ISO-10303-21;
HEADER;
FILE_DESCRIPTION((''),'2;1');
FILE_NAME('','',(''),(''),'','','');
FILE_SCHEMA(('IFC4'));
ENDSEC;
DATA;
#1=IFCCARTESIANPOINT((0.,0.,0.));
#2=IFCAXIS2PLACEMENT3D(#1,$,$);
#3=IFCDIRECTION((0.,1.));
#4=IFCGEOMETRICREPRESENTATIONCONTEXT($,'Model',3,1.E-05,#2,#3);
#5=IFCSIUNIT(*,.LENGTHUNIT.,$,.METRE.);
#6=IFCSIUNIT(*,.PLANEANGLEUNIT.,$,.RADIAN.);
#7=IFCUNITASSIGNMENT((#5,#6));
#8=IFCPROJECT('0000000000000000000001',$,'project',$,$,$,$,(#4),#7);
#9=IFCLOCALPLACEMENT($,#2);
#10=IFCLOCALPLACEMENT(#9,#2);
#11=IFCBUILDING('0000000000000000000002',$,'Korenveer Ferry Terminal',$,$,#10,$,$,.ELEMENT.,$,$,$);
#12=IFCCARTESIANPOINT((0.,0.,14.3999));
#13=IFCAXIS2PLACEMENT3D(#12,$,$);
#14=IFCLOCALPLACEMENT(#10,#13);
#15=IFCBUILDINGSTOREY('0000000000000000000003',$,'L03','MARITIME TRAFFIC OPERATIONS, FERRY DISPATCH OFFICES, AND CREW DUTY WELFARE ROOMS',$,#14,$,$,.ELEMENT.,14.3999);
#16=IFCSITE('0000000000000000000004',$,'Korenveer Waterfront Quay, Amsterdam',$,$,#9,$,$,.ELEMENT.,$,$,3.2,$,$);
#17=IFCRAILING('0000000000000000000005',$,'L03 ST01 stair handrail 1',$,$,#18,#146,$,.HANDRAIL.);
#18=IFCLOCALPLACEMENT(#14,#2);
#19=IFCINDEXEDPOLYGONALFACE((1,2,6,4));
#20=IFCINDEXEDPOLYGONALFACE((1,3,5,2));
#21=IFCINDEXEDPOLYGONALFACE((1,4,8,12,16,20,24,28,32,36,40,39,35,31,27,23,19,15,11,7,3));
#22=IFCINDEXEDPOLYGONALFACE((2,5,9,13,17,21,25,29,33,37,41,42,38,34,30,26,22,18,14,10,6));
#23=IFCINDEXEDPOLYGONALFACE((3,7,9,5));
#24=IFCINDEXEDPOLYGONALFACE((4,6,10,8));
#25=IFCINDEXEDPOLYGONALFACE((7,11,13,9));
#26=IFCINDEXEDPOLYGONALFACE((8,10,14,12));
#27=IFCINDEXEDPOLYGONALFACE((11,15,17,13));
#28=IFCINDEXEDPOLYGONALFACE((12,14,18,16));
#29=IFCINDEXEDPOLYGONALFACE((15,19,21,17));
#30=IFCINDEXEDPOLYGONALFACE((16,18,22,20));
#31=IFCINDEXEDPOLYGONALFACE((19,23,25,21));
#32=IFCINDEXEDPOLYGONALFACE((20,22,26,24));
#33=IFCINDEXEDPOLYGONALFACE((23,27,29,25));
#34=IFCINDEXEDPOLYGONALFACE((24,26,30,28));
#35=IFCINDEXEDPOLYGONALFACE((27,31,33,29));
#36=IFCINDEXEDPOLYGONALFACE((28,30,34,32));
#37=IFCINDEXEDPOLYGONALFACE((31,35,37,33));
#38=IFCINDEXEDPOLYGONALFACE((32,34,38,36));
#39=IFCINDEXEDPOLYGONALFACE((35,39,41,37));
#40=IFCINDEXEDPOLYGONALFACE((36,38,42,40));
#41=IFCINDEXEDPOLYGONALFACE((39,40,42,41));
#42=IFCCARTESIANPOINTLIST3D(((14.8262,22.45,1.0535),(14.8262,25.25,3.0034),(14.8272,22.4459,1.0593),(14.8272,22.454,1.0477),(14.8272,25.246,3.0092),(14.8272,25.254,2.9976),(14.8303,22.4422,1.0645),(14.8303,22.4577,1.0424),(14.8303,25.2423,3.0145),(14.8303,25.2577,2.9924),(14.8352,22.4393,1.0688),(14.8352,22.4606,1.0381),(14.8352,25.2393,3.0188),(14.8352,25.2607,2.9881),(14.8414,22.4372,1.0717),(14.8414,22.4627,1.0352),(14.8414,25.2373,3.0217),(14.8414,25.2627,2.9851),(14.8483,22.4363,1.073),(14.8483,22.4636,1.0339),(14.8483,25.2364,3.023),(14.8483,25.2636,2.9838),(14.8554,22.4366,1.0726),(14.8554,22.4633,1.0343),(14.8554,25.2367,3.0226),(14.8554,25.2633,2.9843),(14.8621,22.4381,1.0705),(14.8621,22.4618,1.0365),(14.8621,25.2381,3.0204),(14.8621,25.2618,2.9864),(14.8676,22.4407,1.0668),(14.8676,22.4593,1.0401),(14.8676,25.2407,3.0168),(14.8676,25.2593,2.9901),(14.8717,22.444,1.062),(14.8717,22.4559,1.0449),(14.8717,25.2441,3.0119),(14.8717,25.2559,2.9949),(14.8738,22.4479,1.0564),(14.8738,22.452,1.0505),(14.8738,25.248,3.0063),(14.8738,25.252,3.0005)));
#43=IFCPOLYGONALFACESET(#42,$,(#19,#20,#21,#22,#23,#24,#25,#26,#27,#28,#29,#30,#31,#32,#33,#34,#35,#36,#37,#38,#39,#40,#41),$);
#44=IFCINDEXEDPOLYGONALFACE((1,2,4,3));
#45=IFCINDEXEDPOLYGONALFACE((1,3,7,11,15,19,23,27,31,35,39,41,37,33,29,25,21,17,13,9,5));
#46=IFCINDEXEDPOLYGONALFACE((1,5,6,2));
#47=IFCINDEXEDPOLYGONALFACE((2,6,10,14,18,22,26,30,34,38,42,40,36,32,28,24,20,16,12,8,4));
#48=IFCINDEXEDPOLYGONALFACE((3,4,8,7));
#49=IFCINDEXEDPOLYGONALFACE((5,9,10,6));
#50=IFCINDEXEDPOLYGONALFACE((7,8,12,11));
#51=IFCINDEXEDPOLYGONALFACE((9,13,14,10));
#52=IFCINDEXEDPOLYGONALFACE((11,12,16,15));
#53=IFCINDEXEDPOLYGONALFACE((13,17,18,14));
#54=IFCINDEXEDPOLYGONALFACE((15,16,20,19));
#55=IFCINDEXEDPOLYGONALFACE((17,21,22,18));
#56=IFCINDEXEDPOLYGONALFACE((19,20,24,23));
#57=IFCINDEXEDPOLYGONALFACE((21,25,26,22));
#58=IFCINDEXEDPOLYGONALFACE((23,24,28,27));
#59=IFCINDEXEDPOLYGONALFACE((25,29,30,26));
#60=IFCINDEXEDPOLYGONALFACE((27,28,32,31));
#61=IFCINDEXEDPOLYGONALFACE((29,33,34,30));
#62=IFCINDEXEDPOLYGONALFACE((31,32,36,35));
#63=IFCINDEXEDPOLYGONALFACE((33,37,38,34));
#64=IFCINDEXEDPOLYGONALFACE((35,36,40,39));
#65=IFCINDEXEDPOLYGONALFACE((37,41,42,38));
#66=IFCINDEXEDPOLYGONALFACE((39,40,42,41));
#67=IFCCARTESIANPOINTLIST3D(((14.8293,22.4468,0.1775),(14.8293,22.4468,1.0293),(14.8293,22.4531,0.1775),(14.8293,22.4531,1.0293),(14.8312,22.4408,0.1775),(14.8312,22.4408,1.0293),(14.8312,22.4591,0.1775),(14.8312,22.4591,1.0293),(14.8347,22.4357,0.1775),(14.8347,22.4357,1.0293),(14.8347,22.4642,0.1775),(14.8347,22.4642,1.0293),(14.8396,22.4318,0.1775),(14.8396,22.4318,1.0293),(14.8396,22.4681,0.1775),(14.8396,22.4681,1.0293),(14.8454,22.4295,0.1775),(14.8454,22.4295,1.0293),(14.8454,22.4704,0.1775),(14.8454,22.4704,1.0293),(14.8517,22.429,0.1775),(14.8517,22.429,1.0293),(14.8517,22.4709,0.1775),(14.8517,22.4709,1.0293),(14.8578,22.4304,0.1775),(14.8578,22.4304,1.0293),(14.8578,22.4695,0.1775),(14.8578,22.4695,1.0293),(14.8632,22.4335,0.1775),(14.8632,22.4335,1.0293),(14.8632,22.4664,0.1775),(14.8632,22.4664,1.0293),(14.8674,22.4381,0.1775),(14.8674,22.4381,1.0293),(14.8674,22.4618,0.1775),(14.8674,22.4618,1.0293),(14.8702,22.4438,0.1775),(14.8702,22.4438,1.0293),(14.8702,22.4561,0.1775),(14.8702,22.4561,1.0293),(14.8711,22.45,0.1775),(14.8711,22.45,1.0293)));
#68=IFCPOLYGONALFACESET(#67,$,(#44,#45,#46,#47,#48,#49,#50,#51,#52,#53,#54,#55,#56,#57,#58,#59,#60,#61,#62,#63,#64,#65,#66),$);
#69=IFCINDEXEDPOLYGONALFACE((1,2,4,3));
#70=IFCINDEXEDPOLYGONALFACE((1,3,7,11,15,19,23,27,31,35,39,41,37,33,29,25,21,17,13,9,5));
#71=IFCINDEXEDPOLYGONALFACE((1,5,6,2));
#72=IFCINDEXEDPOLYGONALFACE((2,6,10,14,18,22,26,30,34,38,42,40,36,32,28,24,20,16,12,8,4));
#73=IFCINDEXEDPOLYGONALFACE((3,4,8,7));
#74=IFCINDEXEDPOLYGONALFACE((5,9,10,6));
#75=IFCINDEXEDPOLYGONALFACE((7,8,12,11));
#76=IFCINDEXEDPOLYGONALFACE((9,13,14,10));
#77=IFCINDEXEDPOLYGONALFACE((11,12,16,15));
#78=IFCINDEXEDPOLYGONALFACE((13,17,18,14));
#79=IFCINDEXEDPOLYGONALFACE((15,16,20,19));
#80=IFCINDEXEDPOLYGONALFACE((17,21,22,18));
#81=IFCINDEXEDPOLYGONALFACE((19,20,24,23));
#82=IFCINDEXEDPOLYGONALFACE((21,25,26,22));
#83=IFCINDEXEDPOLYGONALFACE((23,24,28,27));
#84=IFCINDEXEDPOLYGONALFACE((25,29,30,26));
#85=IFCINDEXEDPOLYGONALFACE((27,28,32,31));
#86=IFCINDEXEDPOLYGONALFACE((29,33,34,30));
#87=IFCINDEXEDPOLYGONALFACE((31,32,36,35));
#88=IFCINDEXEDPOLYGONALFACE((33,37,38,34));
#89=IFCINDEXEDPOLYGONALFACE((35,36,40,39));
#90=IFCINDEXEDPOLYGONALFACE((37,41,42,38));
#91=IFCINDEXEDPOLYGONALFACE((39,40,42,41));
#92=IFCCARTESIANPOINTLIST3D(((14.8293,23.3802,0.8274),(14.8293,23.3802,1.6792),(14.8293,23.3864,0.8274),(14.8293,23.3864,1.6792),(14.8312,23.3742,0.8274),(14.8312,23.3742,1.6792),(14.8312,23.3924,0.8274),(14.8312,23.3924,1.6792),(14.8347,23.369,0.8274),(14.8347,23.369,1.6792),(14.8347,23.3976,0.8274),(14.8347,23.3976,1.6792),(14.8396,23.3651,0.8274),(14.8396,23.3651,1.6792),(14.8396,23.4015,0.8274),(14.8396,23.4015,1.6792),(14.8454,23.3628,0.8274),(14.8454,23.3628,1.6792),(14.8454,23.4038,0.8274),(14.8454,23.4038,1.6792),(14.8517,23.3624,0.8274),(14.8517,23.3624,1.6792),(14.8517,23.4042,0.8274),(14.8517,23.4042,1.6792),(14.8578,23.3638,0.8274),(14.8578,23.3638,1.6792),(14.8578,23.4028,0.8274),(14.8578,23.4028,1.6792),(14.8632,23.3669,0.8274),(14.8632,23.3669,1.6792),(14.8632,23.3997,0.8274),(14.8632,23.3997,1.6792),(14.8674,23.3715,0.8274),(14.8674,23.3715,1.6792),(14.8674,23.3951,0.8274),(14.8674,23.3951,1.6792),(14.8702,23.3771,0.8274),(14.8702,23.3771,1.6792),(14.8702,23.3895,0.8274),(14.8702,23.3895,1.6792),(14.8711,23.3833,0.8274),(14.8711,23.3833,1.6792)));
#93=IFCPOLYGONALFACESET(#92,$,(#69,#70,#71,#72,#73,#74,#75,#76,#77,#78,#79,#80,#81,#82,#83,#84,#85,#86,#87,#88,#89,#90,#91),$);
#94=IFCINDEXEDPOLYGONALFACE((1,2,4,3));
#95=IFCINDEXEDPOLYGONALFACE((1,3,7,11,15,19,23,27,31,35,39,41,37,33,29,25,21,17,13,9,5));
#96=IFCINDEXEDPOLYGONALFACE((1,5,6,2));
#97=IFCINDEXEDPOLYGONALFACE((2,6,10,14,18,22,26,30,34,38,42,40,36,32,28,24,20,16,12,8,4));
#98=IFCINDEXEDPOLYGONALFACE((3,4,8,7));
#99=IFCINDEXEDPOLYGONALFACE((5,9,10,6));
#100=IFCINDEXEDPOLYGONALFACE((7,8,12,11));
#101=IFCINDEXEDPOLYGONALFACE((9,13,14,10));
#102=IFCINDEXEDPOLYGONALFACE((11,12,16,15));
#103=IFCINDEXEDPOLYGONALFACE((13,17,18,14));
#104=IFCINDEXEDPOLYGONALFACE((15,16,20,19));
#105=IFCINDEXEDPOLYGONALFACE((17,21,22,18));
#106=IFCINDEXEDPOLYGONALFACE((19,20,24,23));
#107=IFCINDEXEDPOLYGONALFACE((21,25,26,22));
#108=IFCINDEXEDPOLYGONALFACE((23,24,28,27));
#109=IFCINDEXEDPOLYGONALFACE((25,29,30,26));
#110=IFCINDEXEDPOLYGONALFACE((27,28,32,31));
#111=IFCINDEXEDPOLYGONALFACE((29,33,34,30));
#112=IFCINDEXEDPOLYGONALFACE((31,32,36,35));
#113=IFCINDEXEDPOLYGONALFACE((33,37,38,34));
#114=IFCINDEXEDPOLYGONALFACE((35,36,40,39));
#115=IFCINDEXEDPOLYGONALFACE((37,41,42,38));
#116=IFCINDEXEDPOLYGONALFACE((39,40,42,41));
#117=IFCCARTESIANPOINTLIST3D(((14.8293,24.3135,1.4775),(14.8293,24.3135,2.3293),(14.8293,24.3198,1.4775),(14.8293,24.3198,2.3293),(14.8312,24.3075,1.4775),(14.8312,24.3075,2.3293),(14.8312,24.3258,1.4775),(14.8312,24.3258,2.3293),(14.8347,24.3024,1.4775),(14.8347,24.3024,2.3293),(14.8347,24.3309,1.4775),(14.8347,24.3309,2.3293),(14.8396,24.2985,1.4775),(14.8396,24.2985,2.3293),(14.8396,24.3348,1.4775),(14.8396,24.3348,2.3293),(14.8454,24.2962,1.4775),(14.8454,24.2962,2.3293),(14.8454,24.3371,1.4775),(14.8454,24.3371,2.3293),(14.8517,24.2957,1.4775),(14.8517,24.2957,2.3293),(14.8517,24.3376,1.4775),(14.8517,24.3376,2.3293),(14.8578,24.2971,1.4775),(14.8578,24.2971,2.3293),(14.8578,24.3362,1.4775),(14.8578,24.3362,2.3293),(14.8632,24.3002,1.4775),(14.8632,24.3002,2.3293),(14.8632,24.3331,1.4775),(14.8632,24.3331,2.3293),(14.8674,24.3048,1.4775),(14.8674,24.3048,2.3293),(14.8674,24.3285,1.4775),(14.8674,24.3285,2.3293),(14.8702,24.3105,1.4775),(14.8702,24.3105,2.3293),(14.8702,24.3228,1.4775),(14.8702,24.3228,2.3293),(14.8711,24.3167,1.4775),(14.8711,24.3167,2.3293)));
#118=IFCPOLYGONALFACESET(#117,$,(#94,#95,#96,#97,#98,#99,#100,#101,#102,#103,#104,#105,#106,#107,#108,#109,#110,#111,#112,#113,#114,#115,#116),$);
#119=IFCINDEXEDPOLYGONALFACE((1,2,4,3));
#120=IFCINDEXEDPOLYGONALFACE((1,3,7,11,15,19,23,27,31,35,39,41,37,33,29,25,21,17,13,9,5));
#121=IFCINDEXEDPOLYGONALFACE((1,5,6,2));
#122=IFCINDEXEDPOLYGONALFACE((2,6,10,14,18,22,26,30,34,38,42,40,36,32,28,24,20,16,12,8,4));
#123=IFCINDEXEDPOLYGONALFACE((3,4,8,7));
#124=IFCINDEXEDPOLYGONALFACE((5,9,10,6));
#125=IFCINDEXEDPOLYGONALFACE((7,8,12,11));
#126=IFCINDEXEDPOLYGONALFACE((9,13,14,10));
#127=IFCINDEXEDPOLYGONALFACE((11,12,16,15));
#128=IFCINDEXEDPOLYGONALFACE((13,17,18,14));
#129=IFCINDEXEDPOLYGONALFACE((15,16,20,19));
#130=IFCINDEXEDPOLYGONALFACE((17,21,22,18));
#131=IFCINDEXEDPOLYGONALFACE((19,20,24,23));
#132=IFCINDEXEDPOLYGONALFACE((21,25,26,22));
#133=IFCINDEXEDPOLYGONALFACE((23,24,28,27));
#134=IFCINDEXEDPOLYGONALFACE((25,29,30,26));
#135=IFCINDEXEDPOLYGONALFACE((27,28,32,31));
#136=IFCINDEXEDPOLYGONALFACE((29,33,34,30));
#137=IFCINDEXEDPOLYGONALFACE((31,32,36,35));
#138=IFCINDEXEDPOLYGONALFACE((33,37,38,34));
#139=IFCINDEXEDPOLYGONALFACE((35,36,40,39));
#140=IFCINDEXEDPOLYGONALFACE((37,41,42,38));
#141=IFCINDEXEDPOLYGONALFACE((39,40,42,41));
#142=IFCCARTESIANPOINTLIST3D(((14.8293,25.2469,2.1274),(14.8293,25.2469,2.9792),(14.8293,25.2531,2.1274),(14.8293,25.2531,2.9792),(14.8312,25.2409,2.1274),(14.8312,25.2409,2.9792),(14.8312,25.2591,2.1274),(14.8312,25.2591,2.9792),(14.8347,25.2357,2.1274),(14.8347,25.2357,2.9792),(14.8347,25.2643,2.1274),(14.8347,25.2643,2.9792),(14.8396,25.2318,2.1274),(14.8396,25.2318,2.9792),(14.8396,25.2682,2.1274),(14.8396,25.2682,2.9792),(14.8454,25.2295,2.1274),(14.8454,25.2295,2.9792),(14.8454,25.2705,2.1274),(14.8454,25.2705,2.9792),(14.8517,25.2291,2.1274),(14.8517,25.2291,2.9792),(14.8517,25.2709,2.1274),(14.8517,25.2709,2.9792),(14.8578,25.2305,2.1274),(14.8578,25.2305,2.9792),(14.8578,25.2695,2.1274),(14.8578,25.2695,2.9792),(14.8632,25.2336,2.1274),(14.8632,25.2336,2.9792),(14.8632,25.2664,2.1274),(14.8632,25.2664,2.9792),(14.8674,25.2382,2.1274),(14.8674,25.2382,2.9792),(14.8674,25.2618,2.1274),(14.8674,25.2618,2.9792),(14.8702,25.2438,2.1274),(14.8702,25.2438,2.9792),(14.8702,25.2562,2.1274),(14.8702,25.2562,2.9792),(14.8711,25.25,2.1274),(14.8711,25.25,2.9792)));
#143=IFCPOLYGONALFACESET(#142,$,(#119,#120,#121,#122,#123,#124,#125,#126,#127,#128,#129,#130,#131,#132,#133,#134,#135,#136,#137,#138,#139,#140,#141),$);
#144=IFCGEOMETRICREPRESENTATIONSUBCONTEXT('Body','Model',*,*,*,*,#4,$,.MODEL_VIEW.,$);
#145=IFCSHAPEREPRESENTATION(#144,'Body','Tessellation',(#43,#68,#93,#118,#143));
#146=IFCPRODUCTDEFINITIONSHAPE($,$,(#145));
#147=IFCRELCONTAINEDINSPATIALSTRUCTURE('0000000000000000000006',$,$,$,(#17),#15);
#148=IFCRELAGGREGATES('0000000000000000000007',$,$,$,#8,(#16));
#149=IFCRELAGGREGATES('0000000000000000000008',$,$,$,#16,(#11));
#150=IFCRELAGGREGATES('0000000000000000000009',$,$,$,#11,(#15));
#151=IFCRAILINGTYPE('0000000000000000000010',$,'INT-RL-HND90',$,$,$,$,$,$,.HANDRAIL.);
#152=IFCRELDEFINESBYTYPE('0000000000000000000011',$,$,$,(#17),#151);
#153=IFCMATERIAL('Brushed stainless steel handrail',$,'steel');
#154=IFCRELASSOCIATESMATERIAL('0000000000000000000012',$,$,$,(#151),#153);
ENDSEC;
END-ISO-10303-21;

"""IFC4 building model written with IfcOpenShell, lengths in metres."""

from ifc_helpers import new_model, si_unit, direction, frame, origin, origin_2d, place, context, subcontext, project, spatial, circle, extrude, material, type_object, element, save


model = new_model("IFC4")

# Units and contexts
model_context = context("Model", 3, precision=1e-05, world=origin(), true_north=direction((0.0, 1.0)))
body_context = subcontext(model_context, "Body", "Model", "MODEL_VIEW")
ifc_project = project(units=[si_unit("LENGTHUNIT", "METRE"), si_unit("PLANEANGLEUNIT", "RADIAN")], contexts=[model_context])

# Site, building, storey
site_placement = place(None, origin())
site = spatial("IfcSite", under=ifc_project, at=site_placement, Name="Korenveer Waterfront Quay, Amsterdam", CompositionType="ELEMENT", RefElevation=3.2)
building_placement = place(site_placement, origin())
building = spatial("IfcBuilding", under=site, at=building_placement, Name="Korenveer Ferry Terminal", CompositionType="ELEMENT")
storey_placement = place(building_placement, frame((0.0, 0.0, 14.3999)))
storey = spatial("IfcBuildingStorey", under=building, at=storey_placement, Name="L03", Description="MARITIME TRAFFIC OPERATIONS, FERRY DISPATCH OFFICES, AND CREW DUTY WELFARE ROOMS", CompositionType="ELEMENT", Elevation=14.3999)

# Railing
ifc_material_1 = material(Name="Brushed stainless steel handrail", Category="steel")
railing_type_1 = type_object("IfcRailingType", Name="INT-RL-HND90", PredefinedType="HANDRAIL", material=ifc_material_1)
railing_1_placement = place(storey_placement, frame((14.8501, 22.45, 0.1775)))
element("IfcRailing", 1, at=railing_1_placement, inside=storey, type_object=railing_type_1, Name="L03 ST01 stair handrail 1", PredefinedType="HANDRAIL", context=body_context, shape_type="SweptSolid", body=[
    extrude(circle(Radius=0.0239, at=origin_2d()), frame((0.0, 0.0, 0.876), z_axis=(0.0, 0.820618, 0.571477), x_axis=(-1.0, 0.0, 0.0)), (0.0, 0.0, 1.0), 3.4121),
    extrude(circle(Radius=0.021, at=origin_2d()), origin(), (0.0, 0.0, 1.0), 0.8518),
    extrude(circle(Radius=0.021, at=origin_2d()), frame((0.0, 0.9333, 0.6499)), (0.0, 0.0, 1.0), 0.8518),
    extrude(circle(Radius=0.021, at=origin_2d()), frame((0.0, 1.8667, 1.3)), (0.0, 0.0, 1.0), 0.8518),
    extrude(circle(Radius=0.021, at=origin_2d()), frame((0.0, 2.8, 1.95)), (0.0, 0.0, 1.0), 0.8518),
])

save(model, "model.ifc")
